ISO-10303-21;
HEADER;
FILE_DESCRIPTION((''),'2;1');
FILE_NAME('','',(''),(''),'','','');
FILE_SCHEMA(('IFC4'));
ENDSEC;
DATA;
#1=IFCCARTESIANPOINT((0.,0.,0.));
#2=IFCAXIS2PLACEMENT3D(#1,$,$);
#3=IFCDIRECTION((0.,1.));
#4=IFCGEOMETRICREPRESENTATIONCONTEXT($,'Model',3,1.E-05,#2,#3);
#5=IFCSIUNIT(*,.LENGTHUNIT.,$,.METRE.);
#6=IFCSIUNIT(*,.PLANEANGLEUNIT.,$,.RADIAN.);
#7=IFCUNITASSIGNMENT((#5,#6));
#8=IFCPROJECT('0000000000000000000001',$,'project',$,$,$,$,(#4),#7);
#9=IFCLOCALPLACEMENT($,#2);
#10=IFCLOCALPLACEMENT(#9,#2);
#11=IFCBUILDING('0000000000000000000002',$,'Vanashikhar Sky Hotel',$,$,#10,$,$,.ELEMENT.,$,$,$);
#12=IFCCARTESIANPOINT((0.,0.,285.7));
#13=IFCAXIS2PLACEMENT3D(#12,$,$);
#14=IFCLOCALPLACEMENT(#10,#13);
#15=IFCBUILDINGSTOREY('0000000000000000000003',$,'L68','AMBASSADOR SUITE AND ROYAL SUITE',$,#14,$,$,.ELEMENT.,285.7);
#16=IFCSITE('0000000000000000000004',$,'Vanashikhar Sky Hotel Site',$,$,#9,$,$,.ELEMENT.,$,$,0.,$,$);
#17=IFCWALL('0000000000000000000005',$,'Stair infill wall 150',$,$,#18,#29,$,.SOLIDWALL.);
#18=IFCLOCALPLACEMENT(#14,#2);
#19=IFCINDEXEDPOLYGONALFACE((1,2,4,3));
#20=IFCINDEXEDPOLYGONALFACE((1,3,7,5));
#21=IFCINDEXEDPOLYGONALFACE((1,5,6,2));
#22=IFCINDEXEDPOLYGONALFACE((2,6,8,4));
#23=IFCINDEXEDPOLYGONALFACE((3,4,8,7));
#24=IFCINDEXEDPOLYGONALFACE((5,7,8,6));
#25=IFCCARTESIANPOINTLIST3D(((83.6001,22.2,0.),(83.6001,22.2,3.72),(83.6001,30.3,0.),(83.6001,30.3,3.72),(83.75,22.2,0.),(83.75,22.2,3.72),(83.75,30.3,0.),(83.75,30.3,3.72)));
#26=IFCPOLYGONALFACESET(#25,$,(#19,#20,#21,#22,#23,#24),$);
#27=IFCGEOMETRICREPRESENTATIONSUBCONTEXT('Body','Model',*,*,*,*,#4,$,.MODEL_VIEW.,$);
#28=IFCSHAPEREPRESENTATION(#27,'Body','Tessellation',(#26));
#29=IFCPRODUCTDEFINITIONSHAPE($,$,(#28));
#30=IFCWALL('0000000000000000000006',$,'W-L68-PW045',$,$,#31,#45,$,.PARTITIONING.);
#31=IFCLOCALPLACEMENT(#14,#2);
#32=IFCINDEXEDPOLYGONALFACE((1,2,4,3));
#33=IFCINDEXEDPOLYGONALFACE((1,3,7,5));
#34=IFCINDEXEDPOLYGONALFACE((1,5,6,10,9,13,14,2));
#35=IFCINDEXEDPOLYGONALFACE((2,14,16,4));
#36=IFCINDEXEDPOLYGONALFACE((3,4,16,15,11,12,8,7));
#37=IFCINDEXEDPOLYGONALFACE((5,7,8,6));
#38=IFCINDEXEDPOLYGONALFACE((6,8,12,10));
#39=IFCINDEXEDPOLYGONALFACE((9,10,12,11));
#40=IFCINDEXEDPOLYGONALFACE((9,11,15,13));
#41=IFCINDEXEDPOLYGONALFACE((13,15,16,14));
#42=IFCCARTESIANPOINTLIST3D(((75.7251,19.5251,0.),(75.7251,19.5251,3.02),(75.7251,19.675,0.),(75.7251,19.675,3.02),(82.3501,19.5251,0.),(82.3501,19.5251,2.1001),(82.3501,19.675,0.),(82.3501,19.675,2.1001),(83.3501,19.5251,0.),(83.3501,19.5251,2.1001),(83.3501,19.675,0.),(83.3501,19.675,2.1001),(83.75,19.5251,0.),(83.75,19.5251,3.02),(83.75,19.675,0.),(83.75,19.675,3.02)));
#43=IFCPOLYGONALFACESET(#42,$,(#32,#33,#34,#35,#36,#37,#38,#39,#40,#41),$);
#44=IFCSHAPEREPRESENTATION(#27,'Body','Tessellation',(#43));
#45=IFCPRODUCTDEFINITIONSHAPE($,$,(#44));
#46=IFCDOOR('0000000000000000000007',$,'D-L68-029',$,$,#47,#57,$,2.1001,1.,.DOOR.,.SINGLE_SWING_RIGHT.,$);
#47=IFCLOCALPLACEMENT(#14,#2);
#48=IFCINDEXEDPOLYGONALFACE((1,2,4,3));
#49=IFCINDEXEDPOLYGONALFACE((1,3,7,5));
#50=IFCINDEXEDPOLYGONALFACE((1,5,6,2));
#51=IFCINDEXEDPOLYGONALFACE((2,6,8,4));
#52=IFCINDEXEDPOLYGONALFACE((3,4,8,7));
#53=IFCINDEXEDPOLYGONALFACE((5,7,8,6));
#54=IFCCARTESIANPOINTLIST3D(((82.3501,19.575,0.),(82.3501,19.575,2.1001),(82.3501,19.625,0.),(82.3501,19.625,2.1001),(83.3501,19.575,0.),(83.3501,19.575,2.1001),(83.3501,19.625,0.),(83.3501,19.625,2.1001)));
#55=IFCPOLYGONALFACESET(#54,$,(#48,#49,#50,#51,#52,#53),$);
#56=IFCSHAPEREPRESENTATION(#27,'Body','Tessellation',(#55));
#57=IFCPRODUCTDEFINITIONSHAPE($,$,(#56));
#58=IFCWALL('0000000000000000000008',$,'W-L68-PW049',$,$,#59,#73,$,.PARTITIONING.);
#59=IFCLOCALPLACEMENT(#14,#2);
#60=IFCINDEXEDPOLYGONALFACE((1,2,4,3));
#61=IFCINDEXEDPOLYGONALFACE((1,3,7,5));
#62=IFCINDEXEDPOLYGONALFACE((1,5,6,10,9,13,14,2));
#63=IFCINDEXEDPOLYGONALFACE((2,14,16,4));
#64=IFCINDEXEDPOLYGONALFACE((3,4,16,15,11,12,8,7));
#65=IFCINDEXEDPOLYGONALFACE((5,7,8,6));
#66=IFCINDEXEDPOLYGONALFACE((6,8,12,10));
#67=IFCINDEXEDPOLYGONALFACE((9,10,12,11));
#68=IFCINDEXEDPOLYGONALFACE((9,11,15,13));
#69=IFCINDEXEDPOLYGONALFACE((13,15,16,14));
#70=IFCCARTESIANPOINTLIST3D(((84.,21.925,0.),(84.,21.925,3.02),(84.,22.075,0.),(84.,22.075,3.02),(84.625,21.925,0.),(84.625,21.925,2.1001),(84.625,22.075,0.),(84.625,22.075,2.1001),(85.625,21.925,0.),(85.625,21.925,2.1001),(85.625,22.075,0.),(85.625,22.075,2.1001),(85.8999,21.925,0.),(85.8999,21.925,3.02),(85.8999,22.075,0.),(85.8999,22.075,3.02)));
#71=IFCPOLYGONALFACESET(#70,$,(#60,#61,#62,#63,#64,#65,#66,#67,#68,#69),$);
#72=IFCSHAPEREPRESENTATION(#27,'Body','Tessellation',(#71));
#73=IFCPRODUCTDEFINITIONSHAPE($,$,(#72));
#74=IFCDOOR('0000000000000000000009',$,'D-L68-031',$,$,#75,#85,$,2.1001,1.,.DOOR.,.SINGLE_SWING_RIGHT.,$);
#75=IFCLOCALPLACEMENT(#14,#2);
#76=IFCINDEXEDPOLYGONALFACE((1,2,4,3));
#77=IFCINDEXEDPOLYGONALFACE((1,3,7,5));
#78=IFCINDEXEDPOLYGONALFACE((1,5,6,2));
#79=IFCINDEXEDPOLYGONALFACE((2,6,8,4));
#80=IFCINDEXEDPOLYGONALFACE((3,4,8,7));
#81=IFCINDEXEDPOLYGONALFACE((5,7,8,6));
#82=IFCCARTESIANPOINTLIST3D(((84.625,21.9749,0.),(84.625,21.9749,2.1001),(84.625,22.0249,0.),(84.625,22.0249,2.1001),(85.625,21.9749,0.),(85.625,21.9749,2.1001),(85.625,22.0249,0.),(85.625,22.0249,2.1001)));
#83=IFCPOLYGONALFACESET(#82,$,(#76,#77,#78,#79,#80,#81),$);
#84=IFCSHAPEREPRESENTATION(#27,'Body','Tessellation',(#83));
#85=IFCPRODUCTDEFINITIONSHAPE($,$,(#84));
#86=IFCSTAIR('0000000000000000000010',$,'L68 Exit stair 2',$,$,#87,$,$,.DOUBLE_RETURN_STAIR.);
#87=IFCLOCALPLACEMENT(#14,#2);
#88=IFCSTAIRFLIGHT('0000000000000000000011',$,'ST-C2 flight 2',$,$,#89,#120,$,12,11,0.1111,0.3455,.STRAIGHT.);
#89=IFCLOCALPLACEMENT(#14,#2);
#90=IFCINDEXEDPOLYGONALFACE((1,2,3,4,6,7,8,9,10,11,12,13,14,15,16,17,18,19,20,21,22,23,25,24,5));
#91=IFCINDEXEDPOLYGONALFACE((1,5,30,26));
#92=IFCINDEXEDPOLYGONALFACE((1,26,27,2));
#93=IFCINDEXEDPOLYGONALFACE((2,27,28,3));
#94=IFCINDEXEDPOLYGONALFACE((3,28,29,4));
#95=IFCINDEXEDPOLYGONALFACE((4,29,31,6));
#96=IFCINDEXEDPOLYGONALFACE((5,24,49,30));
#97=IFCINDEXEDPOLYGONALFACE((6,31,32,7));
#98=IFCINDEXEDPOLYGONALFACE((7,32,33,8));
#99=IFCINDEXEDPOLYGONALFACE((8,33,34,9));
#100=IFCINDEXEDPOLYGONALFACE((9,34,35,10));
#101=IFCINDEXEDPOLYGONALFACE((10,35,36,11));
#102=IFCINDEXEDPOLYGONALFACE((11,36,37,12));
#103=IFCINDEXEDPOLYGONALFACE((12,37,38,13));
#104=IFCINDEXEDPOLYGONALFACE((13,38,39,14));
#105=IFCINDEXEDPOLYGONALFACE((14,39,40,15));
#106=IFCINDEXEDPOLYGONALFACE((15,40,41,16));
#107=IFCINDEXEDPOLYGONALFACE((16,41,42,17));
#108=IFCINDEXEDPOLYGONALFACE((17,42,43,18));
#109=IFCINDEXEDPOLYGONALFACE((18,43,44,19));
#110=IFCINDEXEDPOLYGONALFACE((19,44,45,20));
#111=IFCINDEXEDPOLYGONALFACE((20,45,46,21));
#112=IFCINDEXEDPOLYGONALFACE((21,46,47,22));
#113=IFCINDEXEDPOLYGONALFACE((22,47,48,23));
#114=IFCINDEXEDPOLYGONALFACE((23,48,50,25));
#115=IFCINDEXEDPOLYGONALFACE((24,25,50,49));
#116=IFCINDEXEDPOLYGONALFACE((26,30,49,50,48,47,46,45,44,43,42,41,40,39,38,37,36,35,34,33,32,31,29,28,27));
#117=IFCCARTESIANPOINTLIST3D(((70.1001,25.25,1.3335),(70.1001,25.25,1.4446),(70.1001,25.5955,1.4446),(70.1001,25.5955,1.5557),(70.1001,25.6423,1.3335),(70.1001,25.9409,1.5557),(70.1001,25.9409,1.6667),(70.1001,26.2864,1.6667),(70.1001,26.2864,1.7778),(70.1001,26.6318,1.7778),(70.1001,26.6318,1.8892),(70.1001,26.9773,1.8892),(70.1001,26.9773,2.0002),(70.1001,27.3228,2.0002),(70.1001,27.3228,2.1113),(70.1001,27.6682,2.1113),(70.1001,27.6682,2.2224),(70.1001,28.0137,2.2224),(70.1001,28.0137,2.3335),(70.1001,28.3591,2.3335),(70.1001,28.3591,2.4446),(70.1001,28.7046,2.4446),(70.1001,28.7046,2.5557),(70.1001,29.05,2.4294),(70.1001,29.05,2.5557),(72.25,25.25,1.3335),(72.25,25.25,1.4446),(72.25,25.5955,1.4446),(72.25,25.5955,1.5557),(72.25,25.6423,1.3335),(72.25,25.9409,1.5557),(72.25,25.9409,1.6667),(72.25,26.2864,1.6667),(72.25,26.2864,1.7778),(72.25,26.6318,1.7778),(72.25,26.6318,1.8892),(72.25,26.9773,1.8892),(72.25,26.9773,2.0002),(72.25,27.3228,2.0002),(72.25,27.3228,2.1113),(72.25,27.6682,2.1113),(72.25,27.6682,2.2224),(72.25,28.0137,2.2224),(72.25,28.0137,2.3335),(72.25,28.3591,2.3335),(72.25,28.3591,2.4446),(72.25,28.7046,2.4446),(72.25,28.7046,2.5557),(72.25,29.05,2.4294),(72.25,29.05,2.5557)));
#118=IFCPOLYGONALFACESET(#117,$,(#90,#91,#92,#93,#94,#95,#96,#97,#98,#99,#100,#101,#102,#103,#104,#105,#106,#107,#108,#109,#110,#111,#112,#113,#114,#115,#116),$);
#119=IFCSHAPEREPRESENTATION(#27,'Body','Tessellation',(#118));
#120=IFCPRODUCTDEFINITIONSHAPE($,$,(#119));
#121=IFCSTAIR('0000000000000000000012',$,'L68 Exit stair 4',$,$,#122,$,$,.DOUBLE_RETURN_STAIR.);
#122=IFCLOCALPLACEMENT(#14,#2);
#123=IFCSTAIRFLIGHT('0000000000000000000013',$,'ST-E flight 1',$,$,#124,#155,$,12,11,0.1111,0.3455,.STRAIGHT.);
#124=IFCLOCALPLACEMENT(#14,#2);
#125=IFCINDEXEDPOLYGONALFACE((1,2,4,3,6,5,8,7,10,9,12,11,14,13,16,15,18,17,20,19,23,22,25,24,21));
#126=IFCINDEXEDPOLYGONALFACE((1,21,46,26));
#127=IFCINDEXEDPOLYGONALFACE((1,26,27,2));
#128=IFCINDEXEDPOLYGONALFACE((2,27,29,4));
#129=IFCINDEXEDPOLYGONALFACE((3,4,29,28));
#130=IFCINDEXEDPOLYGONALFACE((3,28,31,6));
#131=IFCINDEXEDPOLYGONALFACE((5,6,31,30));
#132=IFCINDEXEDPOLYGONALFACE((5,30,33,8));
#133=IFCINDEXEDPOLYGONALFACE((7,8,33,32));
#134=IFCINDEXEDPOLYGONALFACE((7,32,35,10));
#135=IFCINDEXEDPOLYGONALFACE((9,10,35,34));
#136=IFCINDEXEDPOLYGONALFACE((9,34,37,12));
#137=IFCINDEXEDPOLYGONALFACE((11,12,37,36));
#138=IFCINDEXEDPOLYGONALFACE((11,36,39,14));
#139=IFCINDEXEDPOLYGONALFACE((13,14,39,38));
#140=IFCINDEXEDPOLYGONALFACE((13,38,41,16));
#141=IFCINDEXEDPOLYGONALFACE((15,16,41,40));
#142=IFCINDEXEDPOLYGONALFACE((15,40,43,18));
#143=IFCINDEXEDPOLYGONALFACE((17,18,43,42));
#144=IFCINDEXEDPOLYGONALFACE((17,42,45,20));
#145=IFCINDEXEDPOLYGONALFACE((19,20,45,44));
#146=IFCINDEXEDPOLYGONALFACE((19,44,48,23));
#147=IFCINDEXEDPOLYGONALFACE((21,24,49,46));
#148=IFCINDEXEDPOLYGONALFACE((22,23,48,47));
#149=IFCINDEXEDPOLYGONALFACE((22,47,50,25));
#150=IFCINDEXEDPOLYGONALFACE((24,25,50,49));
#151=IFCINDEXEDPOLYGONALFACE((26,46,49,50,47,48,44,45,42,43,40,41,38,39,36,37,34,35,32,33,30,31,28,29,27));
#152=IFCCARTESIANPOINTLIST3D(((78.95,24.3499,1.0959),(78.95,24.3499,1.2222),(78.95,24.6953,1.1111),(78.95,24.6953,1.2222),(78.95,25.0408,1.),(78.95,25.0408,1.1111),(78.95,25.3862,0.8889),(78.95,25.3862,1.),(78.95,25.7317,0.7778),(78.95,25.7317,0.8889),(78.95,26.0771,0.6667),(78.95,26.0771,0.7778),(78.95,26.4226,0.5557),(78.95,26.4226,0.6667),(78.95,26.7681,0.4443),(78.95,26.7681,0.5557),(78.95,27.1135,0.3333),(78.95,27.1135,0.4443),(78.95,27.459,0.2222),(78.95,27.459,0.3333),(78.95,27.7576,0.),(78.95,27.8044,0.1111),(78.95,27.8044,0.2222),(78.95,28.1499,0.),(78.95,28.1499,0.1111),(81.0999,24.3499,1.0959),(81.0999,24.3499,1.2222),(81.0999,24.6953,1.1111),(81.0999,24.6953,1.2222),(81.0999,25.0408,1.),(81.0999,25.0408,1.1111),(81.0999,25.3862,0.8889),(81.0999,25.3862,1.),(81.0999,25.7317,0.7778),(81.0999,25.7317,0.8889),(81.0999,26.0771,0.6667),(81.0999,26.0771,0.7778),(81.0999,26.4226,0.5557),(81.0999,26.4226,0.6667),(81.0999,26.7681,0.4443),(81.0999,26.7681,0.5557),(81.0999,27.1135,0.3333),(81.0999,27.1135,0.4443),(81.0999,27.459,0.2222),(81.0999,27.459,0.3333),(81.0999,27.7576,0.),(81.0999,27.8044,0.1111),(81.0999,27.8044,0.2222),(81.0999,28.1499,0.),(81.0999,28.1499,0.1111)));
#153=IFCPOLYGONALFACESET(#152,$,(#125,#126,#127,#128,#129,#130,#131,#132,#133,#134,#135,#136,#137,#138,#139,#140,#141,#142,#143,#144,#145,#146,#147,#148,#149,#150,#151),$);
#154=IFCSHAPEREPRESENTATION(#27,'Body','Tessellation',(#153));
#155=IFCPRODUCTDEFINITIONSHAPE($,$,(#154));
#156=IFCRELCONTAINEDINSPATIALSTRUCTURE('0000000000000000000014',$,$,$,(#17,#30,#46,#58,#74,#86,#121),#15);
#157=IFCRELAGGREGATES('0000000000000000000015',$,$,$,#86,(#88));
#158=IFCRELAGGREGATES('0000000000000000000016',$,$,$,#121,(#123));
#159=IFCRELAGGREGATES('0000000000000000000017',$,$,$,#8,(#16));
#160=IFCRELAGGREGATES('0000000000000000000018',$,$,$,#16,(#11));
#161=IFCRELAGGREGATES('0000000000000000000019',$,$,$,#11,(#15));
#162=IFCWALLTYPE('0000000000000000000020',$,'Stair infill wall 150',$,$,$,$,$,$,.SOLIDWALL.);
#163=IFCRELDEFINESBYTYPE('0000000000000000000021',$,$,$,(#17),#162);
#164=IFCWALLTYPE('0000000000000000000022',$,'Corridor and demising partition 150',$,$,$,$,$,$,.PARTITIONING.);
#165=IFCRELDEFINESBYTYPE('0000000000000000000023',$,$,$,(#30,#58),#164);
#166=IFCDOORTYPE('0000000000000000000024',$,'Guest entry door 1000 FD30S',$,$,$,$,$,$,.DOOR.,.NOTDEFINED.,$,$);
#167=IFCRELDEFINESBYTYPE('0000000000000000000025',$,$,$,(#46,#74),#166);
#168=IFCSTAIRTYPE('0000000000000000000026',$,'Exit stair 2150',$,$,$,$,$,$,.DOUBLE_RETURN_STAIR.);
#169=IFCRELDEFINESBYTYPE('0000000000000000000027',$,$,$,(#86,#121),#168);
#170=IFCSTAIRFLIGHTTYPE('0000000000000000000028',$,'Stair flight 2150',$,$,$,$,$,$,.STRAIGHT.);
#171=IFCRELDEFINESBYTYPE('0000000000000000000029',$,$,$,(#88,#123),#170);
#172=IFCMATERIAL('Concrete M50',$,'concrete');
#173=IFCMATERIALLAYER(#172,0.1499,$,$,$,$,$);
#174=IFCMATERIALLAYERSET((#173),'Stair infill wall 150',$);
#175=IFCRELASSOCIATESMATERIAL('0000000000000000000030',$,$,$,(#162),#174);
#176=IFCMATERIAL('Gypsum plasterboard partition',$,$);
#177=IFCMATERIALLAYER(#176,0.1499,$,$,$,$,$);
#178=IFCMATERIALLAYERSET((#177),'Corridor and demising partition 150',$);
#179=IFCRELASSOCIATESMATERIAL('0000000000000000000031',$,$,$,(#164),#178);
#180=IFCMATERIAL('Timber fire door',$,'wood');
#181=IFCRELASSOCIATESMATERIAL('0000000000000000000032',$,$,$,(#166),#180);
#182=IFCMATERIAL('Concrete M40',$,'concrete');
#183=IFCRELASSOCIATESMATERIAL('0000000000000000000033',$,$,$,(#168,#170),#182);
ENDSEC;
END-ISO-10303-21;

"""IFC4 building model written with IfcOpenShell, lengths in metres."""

from ifc_helpers import new_model, si_unit, direction, frame, frame_2d, origin, place, context, subcontext, project, spatial, polyline, rectangle, outline, extrude, source, transform, mapped, material, layer, layer_set, type_object, element, fill, aggregate, save


model = new_model("IFC4")

# Units and contexts
model_context = context("Model", 3, precision=1e-05, world=origin(), true_north=direction((0.0, 1.0)))
body_context = subcontext(model_context, "Body", "Model", "MODEL_VIEW")
ifc_project = project(units=[si_unit("LENGTHUNIT", "METRE"), si_unit("PLANEANGLEUNIT", "RADIAN")], contexts=[model_context])

# Site, building, storey
site_placement = place(None, origin())
site = spatial("IfcSite", under=ifc_project, at=site_placement, Name="Vanashikhar Sky Hotel Site", CompositionType="ELEMENT", RefElevation=0.0)
building_placement = place(site_placement, origin())
building = spatial("IfcBuilding", under=site, at=building_placement, Name="Vanashikhar Sky Hotel", CompositionType="ELEMENT")
storey_placement = place(building_placement, frame((0.0, 0.0, 285.7)))
storey = spatial("IfcBuildingStorey", under=building, at=storey_placement, Name="L68", Description="AMBASSADOR SUITE AND ROYAL SUITE", CompositionType="ELEMENT", Elevation=285.7)

# Shared definitions
ifc_material_1 = material(Name="Concrete M50", Category="concrete")

# Wall
ifc_layer_1 = layer(ifc_material_1, 0.1499)
ifc_layer_set_1 = layer_set([ifc_layer_1], Name="Stair infill wall 150")
wall_type_1 = type_object("IfcWallType", Name="Stair infill wall 150", PredefinedType="SOLIDWALL", material=ifc_layer_set_1)
shared_shape_1 = source(origin(), body_context, "Body", "SweptSolid", [
    extrude(rectangle(XDim=8.1001, YDim=0.1499, at=frame_2d((4.05, 0.0))), origin(), (0.0, 0.0, 1.0), 3.72),
])
wall_1_placement = place(storey_placement, frame((83.675, 22.2, 0.0), z_axis=(0.0, 0.0, 1.0), x_axis=(0.0, 1.0, 0.0)))
element("IfcWall", 1, at=wall_1_placement, inside=storey, type_object=wall_type_1, Name="Stair infill wall 150", PredefinedType="SOLIDWALL", context=body_context, shape_type="MappedRepresentation", body=[
    mapped(shared_shape_1, transform((0.0, 0.0, 0.0), scale=1.0)),
])

# Walls, openings, doors
ifc_material_2 = material(Name="Gypsum plasterboard partition")
ifc_layer_2 = layer(ifc_material_2, 0.1499)
ifc_layer_set_2 = layer_set([ifc_layer_2], Name="Corridor and demising partition 150")
wall_type_2 = type_object("IfcWallType", Name="Corridor and demising partition 150", PredefinedType="PARTITIONING", material=ifc_layer_set_2)
shared_shape_2 = source(origin(), body_context, "Body", "SweptSolid", [
    extrude(rectangle(XDim=8.0249, YDim=0.1499, at=frame_2d((4.0125, 0.0))), origin(), (0.0, 0.0, 1.0), 3.02),
])
wall_2_placement = place(storey_placement, frame((75.7251, 19.6001, 0.0), z_axis=(0.0, 0.0, 1.0), x_axis=(1.0, 0.0, 0.0)))
wall_2 = element("IfcWall", 2, at=wall_2_placement, inside=storey, type_object=wall_type_2, Name="W-L68-PW045", PredefinedType="PARTITIONING", context=body_context, shape_type="MappedRepresentation", body=[
    mapped(shared_shape_2, transform((0.0, 0.0, 0.0), scale=1.0)),
])
shared_shape_3 = source(origin(), body_context, "Body", "SweptSolid", [
    extrude(rectangle(XDim=1.0, YDim=2.1001, at=frame_2d((0.5, 1.05))), frame((0.0, 0.085, 0.0), z_axis=(0.0, -1.0, 0.0), x_axis=(1.0, 0.0, 0.0)), (0.0, 0.0, 1.0), 0.1699),
])
opening_1_placement = place(wall_2_placement, frame((6.625, 0.0, 0.0)))
opening_1 = element("IfcOpeningElement", 3, at=opening_1_placement, cuts=wall_2, PredefinedType="OPENING", context=body_context, shape_type="MappedRepresentation", body=[
    mapped(shared_shape_3, transform((0.0, 0.0, 0.0), scale=1.0)),
])
ifc_material_3 = material(Name="Timber fire door", Category="wood")
door_type_1 = type_object("IfcDoorType", Name="Guest entry door 1000 FD30S", OperationType="NOTDEFINED", PredefinedType="DOOR", material=ifc_material_3)
shared_shape_4 = source(origin(), body_context, "Body", "SweptSolid", [
    extrude(rectangle(XDim=1.0, YDim=2.1001, at=frame_2d((0.5, 1.05))), frame((0.0, 0.0249, 0.0), z_axis=(0.0, -1.0, 0.0), x_axis=(1.0, 0.0, 0.0)), (0.0, 0.0, 1.0), 0.05),
])
door_1_placement = place(opening_1_placement, origin())
door_1 = element("IfcDoor", 4, at=door_1_placement, inside=storey, type_object=door_type_1, Name="D-L68-029", OperationType="SINGLE_SWING_RIGHT", OverallHeight=2.1001, OverallWidth=1.0, PredefinedType="DOOR", context=body_context, shape_type="MappedRepresentation", body=[
    mapped(shared_shape_4, transform((0.0, 0.0, 0.0), scale=1.0)),
])
fill(opening_1, door_1)
shared_shape_5 = source(origin(), body_context, "Body", "SweptSolid", [
    extrude(rectangle(XDim=1.8999, YDim=0.1499, at=frame_2d((0.95, 0.0))), origin(), (0.0, 0.0, 1.0), 3.02),
])
wall_3_placement = place(storey_placement, frame((84.0, 22.0, 0.0), z_axis=(0.0, 0.0, 1.0), x_axis=(1.0, 0.0, 0.0)))
wall_3 = element("IfcWall", 5, at=wall_3_placement, inside=storey, type_object=wall_type_2, Name="W-L68-PW049", PredefinedType="PARTITIONING", context=body_context, shape_type="MappedRepresentation", body=[
    mapped(shared_shape_5, transform((0.0, 0.0, 0.0), scale=1.0)),
])
opening_2_placement = place(wall_3_placement, frame((0.625, 0.0, 0.0)))
opening_2 = element("IfcOpeningElement", 6, at=opening_2_placement, cuts=wall_3, PredefinedType="OPENING", context=body_context, shape_type="MappedRepresentation", body=[
    mapped(shared_shape_3, transform((0.0, 0.0, 0.0), scale=1.0)),
])
door_2_placement = place(opening_2_placement, origin())
door_2 = element("IfcDoor", 7, at=door_2_placement, inside=storey, type_object=door_type_1, Name="D-L68-031", OperationType="SINGLE_SWING_RIGHT", OverallHeight=2.1001, OverallWidth=1.0, PredefinedType="DOOR", context=body_context, shape_type="MappedRepresentation", body=[
    mapped(shared_shape_4, transform((0.0, 0.0, 0.0), scale=1.0)),
])
fill(opening_2, door_2)

# Stair, stair flight
ifc_material_4 = material(Name="Concrete M40", Category="concrete")
stair_type = type_object("IfcStairType", Name="Exit stair 2150", PredefinedType="DOUBLE_RETURN_STAIR", material=ifc_material_4)
stair_1_placement = place(storey_placement, origin())
stair_1 = element("IfcStair", 8, at=stair_1_placement, inside=storey, type_object=stair_type, Name="L68 Exit stair 2", PredefinedType="DOUBLE_RETURN_STAIR")
stair_flight_type = type_object("IfcStairFlightType", Name="Stair flight 2150", PredefinedType="STRAIGHT", material=ifc_material_4)
shared_shape_6 = source(origin(), body_context, "Body", "SweptSolid", [
    extrude(outline(polyline([(0.0, 0.0), (0.0, 0.1111), (0.3455, 0.1111), (0.3455, 0.2222), (0.6909, 0.2222), (0.6909, 0.3333), (1.0364, 0.3333), (1.0364, 0.4443), (1.3818, 0.4443), (1.3818, 0.5557), (1.7273, 0.5557), (1.7273, 0.6667), (2.0728, 0.6667), (2.0728, 0.7778), (2.4182, 0.7778), (2.4182, 0.8889), (2.7637, 0.8889), (2.7637, 1.0), (3.1091, 1.0), (3.1091, 1.1111), (3.4546, 1.1111), (3.4546, 1.2222), (3.8, 1.2222), (3.8, 1.3333), (3.8, 1.0959), (0.3923, 0.0), (0.0, 0.0)])), frame((0.0, 1.075, 0.0), z_axis=(0.0, -1.0, 0.0), x_axis=(1.0, 0.0, 0.0)), (0.0, 0.0, 1.0), 2.1499),
])
stair_flight_1_placement = place(storey_placement, frame((71.175, 25.25, 1.3335), z_axis=(0.0, 0.0, 1.0), x_axis=(0.0, 1.0, 0.0)))
stair_flight_1 = element("IfcStairFlight", 9, at=stair_flight_1_placement, type_object=stair_flight_type, Name="ST-C2 flight 2", NumberOfRisers=12, NumberOfTreads=11, PredefinedType="STRAIGHT", RiserHeight=0.1111, TreadLength=0.3455, context=body_context, shape_type="MappedRepresentation", body=[
    mapped(shared_shape_6, transform((0.0, 0.0, 0.0), scale=1.0)),
])
aggregate(stair_1, [stair_flight_1])

# Stair, stair flight
stair_2_placement = place(storey_placement, origin())
stair_2 = element("IfcStair", 10, at=stair_2_placement, inside=storey, type_object=stair_type, Name="L68 Exit stair 4", PredefinedType="DOUBLE_RETURN_STAIR")
stair_flight_2_placement = place(storey_placement, frame((80.0249, 28.1499, 0.0), z_axis=(0.0, 0.0, 1.0), x_axis=(0.0, -1.0, 0.0)))
stair_flight_2 = element("IfcStairFlight", 11, at=stair_flight_2_placement, type_object=stair_flight_type, Name="ST-E flight 1", NumberOfRisers=12, NumberOfTreads=11, PredefinedType="STRAIGHT", RiserHeight=0.1111, TreadLength=0.3455, context=body_context, shape_type="MappedRepresentation", body=[
    mapped(shared_shape_6, transform((0.0, 0.0, 0.0), scale=1.0)),
])
aggregate(stair_2, [stair_flight_2])

save(model, "model.ifc")
